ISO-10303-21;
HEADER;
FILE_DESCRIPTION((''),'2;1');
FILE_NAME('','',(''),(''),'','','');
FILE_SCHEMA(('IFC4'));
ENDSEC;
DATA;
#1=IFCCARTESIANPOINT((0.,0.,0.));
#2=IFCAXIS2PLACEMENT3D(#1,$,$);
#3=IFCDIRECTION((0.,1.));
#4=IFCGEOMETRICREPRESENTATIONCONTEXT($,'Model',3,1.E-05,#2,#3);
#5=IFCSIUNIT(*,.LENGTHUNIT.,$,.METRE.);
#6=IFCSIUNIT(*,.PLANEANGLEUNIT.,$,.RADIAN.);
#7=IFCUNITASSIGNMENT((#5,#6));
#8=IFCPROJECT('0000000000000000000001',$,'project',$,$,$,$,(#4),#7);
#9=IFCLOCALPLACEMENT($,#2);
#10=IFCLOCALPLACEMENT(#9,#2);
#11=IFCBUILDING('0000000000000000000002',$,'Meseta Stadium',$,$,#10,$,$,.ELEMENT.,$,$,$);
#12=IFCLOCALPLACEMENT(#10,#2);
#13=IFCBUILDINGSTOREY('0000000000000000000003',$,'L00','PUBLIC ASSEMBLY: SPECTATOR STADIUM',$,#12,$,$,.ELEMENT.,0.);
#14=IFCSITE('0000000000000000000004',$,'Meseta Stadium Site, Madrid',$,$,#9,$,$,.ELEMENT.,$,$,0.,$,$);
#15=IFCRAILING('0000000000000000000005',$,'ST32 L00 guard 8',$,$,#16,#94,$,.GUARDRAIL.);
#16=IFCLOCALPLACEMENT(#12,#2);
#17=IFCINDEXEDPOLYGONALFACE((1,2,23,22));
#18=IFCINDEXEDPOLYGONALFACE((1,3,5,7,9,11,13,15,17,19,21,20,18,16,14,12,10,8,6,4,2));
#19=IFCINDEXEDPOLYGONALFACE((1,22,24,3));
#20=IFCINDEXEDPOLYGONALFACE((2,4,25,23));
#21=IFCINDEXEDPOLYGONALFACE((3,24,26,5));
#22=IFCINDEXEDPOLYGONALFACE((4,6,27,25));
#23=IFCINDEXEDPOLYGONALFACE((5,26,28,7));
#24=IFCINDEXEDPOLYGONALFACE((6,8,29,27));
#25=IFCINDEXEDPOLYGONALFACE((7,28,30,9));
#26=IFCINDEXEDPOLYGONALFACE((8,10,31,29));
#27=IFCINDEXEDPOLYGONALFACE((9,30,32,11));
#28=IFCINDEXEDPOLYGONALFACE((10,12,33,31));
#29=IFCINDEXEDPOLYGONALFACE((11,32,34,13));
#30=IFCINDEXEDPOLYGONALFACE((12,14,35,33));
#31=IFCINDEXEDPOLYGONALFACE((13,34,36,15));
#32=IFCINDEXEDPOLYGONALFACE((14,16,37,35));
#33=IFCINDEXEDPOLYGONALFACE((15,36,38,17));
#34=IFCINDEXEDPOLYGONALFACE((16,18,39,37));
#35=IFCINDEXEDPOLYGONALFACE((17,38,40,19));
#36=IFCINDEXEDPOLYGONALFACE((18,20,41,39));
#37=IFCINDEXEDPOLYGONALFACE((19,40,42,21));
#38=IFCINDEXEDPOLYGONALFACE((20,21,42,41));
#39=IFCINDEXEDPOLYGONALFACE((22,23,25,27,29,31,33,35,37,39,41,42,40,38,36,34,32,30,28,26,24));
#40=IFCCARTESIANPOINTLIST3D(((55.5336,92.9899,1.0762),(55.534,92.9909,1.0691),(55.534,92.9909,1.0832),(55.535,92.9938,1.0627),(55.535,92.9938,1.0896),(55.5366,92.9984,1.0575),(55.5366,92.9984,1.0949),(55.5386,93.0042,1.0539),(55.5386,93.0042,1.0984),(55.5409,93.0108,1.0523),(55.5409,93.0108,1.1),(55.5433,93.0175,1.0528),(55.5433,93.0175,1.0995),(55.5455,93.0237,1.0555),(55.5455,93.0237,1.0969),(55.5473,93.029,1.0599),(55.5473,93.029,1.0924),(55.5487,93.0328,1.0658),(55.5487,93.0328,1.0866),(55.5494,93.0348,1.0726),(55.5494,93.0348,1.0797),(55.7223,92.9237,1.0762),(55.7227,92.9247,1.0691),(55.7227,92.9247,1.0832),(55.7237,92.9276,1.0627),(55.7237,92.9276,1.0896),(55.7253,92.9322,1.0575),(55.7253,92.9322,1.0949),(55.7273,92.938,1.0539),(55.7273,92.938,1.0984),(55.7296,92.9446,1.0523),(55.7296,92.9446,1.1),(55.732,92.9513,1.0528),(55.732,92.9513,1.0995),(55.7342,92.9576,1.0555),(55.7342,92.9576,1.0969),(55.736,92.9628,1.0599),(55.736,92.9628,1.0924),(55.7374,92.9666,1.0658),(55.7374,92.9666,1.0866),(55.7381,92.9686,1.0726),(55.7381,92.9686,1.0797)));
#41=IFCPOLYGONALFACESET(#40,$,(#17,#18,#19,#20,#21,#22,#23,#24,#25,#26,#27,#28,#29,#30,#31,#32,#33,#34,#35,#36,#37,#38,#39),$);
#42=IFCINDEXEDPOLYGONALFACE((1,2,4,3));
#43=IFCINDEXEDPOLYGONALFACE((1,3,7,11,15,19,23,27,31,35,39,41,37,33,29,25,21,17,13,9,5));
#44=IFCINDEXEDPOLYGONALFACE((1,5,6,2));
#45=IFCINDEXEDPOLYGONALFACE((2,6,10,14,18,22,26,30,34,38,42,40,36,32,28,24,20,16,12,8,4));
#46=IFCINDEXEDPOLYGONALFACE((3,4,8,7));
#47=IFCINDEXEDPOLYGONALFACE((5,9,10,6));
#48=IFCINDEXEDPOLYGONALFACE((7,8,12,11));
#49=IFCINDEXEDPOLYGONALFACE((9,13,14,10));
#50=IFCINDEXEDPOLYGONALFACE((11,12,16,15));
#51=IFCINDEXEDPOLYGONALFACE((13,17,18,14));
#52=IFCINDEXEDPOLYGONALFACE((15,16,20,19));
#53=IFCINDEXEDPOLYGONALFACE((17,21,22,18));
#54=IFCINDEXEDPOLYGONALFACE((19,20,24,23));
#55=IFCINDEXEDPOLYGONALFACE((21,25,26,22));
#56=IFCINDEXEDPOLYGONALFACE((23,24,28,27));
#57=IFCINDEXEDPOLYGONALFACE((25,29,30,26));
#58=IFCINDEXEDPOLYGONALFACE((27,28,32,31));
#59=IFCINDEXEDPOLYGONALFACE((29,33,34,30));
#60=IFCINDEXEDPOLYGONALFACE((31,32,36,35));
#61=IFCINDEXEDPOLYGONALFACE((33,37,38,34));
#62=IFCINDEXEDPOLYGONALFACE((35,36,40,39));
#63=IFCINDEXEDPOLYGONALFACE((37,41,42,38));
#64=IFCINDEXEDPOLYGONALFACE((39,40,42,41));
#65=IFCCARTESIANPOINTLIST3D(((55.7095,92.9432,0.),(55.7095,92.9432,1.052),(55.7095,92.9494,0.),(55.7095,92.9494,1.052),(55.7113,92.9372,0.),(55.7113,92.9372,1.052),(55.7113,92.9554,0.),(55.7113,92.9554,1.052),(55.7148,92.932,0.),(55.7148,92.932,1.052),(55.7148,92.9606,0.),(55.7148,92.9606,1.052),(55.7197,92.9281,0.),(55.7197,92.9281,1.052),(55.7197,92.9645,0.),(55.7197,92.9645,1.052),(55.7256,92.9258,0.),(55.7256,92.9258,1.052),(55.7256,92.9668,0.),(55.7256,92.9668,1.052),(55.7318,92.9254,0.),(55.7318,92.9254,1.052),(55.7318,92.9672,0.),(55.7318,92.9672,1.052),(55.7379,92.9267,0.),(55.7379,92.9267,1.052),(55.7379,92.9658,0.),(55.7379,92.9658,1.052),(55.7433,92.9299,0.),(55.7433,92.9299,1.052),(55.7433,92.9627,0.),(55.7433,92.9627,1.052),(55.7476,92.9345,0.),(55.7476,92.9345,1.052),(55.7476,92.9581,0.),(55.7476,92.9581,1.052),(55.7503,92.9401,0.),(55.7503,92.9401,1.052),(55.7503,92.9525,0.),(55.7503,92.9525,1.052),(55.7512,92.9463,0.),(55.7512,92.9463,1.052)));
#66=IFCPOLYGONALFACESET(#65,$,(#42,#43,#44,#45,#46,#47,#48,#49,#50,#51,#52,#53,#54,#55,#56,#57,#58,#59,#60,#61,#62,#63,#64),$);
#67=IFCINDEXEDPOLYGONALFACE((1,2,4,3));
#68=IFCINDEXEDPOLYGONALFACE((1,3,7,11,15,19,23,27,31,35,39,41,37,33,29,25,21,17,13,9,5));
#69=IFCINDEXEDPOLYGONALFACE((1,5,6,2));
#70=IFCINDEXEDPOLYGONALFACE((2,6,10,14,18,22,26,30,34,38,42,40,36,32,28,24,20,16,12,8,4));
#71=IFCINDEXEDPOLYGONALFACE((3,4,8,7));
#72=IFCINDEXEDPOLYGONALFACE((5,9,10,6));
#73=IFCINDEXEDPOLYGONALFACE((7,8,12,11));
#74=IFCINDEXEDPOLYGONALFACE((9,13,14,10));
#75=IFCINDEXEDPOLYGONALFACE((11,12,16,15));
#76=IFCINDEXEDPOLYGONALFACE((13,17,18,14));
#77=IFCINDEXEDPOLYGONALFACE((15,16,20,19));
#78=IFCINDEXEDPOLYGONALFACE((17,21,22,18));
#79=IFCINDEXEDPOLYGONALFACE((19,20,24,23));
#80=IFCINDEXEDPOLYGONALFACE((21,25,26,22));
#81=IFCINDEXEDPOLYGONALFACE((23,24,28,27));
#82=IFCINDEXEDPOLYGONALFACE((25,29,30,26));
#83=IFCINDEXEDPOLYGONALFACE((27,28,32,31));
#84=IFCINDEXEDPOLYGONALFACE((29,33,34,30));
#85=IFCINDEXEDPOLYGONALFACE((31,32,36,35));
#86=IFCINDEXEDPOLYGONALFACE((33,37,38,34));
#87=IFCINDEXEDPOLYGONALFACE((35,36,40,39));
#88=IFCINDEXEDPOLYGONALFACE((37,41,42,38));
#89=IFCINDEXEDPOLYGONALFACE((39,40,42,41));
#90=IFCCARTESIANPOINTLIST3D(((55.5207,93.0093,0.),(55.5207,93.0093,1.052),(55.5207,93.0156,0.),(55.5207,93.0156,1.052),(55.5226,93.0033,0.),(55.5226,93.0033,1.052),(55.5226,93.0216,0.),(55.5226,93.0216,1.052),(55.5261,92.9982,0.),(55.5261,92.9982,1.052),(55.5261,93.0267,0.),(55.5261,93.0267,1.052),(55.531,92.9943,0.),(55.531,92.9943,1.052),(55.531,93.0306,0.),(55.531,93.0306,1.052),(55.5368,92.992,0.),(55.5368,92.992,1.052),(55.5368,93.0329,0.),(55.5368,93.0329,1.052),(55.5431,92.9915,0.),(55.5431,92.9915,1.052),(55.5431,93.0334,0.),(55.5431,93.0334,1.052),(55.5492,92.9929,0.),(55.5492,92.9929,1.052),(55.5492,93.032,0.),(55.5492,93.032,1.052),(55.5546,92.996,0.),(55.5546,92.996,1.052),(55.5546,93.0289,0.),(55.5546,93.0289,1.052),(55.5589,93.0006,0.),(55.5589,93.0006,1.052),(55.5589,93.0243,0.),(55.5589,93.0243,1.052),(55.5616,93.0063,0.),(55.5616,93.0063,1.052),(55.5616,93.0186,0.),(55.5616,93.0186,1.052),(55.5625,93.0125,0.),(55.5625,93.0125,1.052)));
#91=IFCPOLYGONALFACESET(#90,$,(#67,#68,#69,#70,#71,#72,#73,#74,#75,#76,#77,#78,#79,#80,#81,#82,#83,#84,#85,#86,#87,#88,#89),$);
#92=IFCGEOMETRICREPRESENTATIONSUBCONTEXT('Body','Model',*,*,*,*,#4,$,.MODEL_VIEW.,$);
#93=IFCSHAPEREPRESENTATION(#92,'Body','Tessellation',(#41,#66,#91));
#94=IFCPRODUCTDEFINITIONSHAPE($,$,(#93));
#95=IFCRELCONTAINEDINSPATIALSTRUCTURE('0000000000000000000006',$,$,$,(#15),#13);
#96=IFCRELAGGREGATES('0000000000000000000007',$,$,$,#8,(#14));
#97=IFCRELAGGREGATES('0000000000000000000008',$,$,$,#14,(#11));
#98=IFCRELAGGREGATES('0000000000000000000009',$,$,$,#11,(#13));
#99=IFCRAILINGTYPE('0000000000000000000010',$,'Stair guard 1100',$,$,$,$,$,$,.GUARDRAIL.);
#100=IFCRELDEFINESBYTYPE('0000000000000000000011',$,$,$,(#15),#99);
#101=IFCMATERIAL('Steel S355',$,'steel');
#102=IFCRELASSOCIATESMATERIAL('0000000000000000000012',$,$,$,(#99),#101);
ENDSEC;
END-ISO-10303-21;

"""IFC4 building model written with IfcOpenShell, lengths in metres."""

from ifc_helpers import new_model, si_unit, direction, frame, origin, origin_2d, place, context, subcontext, project, spatial, circle, extrude, material, type_object, element, save


model = new_model("IFC4")

# Units and contexts
model_context = context("Model", 3, precision=1e-05, world=origin(), true_north=direction((0.0, 1.0)))
body_context = subcontext(model_context, "Body", "Model", "MODEL_VIEW")
ifc_project = project(units=[si_unit("LENGTHUNIT", "METRE"), si_unit("PLANEANGLEUNIT", "RADIAN")], contexts=[model_context])

# Site, building, storey
site_placement = place(None, origin())
site = spatial("IfcSite", under=ifc_project, at=site_placement, Name="Meseta Stadium Site, Madrid", CompositionType="ELEMENT", RefElevation=0.0)
building_placement = place(site_placement, origin())
building = spatial("IfcBuilding", under=site, at=building_placement, Name="Meseta Stadium", CompositionType="ELEMENT")
storey_placement = place(building_placement, origin())
storey = spatial("IfcBuildingStorey", under=building, at=storey_placement, Name="L00", Description="PUBLIC ASSEMBLY: SPECTATOR STADIUM", CompositionType="ELEMENT", Elevation=0.0)

# Railing
ifc_material_1 = material(Name="Steel S355", Category="steel")
railing_type_1 = type_object("IfcRailingType", Name="Stair guard 1100", PredefinedType="GUARDRAIL", material=ifc_material_1)
railing_1_placement = place(storey_placement, frame((55.7302, 92.9463, 0.0)))
element("IfcRailing", 1, at=railing_1_placement, inside=storey, type_object=railing_type_1, Name="ST32 L00 guard 8", PredefinedType="GUARDRAIL", context=body_context, shape_type="SweptSolid", body=[
    extrude(circle(Radius=0.0239, at=origin_2d()), frame((0.0, 0.0, 1.0762), z_axis=(-0.943687, 0.33084, 0.0), x_axis=(-0.33084, -0.943687, 0.0)), (0.0, 0.0, 1.0), 0.2),
    extrude(circle(Radius=0.021, at=origin_2d()), origin(), (0.0, 0.0, 1.0), 1.052),
    extrude(circle(Radius=0.021, at=origin_2d()), frame((-0.1887, 0.0662, 0.0)), (0.0, 0.0, 1.0), 1.052),
])

save(model, "model.ifc")
